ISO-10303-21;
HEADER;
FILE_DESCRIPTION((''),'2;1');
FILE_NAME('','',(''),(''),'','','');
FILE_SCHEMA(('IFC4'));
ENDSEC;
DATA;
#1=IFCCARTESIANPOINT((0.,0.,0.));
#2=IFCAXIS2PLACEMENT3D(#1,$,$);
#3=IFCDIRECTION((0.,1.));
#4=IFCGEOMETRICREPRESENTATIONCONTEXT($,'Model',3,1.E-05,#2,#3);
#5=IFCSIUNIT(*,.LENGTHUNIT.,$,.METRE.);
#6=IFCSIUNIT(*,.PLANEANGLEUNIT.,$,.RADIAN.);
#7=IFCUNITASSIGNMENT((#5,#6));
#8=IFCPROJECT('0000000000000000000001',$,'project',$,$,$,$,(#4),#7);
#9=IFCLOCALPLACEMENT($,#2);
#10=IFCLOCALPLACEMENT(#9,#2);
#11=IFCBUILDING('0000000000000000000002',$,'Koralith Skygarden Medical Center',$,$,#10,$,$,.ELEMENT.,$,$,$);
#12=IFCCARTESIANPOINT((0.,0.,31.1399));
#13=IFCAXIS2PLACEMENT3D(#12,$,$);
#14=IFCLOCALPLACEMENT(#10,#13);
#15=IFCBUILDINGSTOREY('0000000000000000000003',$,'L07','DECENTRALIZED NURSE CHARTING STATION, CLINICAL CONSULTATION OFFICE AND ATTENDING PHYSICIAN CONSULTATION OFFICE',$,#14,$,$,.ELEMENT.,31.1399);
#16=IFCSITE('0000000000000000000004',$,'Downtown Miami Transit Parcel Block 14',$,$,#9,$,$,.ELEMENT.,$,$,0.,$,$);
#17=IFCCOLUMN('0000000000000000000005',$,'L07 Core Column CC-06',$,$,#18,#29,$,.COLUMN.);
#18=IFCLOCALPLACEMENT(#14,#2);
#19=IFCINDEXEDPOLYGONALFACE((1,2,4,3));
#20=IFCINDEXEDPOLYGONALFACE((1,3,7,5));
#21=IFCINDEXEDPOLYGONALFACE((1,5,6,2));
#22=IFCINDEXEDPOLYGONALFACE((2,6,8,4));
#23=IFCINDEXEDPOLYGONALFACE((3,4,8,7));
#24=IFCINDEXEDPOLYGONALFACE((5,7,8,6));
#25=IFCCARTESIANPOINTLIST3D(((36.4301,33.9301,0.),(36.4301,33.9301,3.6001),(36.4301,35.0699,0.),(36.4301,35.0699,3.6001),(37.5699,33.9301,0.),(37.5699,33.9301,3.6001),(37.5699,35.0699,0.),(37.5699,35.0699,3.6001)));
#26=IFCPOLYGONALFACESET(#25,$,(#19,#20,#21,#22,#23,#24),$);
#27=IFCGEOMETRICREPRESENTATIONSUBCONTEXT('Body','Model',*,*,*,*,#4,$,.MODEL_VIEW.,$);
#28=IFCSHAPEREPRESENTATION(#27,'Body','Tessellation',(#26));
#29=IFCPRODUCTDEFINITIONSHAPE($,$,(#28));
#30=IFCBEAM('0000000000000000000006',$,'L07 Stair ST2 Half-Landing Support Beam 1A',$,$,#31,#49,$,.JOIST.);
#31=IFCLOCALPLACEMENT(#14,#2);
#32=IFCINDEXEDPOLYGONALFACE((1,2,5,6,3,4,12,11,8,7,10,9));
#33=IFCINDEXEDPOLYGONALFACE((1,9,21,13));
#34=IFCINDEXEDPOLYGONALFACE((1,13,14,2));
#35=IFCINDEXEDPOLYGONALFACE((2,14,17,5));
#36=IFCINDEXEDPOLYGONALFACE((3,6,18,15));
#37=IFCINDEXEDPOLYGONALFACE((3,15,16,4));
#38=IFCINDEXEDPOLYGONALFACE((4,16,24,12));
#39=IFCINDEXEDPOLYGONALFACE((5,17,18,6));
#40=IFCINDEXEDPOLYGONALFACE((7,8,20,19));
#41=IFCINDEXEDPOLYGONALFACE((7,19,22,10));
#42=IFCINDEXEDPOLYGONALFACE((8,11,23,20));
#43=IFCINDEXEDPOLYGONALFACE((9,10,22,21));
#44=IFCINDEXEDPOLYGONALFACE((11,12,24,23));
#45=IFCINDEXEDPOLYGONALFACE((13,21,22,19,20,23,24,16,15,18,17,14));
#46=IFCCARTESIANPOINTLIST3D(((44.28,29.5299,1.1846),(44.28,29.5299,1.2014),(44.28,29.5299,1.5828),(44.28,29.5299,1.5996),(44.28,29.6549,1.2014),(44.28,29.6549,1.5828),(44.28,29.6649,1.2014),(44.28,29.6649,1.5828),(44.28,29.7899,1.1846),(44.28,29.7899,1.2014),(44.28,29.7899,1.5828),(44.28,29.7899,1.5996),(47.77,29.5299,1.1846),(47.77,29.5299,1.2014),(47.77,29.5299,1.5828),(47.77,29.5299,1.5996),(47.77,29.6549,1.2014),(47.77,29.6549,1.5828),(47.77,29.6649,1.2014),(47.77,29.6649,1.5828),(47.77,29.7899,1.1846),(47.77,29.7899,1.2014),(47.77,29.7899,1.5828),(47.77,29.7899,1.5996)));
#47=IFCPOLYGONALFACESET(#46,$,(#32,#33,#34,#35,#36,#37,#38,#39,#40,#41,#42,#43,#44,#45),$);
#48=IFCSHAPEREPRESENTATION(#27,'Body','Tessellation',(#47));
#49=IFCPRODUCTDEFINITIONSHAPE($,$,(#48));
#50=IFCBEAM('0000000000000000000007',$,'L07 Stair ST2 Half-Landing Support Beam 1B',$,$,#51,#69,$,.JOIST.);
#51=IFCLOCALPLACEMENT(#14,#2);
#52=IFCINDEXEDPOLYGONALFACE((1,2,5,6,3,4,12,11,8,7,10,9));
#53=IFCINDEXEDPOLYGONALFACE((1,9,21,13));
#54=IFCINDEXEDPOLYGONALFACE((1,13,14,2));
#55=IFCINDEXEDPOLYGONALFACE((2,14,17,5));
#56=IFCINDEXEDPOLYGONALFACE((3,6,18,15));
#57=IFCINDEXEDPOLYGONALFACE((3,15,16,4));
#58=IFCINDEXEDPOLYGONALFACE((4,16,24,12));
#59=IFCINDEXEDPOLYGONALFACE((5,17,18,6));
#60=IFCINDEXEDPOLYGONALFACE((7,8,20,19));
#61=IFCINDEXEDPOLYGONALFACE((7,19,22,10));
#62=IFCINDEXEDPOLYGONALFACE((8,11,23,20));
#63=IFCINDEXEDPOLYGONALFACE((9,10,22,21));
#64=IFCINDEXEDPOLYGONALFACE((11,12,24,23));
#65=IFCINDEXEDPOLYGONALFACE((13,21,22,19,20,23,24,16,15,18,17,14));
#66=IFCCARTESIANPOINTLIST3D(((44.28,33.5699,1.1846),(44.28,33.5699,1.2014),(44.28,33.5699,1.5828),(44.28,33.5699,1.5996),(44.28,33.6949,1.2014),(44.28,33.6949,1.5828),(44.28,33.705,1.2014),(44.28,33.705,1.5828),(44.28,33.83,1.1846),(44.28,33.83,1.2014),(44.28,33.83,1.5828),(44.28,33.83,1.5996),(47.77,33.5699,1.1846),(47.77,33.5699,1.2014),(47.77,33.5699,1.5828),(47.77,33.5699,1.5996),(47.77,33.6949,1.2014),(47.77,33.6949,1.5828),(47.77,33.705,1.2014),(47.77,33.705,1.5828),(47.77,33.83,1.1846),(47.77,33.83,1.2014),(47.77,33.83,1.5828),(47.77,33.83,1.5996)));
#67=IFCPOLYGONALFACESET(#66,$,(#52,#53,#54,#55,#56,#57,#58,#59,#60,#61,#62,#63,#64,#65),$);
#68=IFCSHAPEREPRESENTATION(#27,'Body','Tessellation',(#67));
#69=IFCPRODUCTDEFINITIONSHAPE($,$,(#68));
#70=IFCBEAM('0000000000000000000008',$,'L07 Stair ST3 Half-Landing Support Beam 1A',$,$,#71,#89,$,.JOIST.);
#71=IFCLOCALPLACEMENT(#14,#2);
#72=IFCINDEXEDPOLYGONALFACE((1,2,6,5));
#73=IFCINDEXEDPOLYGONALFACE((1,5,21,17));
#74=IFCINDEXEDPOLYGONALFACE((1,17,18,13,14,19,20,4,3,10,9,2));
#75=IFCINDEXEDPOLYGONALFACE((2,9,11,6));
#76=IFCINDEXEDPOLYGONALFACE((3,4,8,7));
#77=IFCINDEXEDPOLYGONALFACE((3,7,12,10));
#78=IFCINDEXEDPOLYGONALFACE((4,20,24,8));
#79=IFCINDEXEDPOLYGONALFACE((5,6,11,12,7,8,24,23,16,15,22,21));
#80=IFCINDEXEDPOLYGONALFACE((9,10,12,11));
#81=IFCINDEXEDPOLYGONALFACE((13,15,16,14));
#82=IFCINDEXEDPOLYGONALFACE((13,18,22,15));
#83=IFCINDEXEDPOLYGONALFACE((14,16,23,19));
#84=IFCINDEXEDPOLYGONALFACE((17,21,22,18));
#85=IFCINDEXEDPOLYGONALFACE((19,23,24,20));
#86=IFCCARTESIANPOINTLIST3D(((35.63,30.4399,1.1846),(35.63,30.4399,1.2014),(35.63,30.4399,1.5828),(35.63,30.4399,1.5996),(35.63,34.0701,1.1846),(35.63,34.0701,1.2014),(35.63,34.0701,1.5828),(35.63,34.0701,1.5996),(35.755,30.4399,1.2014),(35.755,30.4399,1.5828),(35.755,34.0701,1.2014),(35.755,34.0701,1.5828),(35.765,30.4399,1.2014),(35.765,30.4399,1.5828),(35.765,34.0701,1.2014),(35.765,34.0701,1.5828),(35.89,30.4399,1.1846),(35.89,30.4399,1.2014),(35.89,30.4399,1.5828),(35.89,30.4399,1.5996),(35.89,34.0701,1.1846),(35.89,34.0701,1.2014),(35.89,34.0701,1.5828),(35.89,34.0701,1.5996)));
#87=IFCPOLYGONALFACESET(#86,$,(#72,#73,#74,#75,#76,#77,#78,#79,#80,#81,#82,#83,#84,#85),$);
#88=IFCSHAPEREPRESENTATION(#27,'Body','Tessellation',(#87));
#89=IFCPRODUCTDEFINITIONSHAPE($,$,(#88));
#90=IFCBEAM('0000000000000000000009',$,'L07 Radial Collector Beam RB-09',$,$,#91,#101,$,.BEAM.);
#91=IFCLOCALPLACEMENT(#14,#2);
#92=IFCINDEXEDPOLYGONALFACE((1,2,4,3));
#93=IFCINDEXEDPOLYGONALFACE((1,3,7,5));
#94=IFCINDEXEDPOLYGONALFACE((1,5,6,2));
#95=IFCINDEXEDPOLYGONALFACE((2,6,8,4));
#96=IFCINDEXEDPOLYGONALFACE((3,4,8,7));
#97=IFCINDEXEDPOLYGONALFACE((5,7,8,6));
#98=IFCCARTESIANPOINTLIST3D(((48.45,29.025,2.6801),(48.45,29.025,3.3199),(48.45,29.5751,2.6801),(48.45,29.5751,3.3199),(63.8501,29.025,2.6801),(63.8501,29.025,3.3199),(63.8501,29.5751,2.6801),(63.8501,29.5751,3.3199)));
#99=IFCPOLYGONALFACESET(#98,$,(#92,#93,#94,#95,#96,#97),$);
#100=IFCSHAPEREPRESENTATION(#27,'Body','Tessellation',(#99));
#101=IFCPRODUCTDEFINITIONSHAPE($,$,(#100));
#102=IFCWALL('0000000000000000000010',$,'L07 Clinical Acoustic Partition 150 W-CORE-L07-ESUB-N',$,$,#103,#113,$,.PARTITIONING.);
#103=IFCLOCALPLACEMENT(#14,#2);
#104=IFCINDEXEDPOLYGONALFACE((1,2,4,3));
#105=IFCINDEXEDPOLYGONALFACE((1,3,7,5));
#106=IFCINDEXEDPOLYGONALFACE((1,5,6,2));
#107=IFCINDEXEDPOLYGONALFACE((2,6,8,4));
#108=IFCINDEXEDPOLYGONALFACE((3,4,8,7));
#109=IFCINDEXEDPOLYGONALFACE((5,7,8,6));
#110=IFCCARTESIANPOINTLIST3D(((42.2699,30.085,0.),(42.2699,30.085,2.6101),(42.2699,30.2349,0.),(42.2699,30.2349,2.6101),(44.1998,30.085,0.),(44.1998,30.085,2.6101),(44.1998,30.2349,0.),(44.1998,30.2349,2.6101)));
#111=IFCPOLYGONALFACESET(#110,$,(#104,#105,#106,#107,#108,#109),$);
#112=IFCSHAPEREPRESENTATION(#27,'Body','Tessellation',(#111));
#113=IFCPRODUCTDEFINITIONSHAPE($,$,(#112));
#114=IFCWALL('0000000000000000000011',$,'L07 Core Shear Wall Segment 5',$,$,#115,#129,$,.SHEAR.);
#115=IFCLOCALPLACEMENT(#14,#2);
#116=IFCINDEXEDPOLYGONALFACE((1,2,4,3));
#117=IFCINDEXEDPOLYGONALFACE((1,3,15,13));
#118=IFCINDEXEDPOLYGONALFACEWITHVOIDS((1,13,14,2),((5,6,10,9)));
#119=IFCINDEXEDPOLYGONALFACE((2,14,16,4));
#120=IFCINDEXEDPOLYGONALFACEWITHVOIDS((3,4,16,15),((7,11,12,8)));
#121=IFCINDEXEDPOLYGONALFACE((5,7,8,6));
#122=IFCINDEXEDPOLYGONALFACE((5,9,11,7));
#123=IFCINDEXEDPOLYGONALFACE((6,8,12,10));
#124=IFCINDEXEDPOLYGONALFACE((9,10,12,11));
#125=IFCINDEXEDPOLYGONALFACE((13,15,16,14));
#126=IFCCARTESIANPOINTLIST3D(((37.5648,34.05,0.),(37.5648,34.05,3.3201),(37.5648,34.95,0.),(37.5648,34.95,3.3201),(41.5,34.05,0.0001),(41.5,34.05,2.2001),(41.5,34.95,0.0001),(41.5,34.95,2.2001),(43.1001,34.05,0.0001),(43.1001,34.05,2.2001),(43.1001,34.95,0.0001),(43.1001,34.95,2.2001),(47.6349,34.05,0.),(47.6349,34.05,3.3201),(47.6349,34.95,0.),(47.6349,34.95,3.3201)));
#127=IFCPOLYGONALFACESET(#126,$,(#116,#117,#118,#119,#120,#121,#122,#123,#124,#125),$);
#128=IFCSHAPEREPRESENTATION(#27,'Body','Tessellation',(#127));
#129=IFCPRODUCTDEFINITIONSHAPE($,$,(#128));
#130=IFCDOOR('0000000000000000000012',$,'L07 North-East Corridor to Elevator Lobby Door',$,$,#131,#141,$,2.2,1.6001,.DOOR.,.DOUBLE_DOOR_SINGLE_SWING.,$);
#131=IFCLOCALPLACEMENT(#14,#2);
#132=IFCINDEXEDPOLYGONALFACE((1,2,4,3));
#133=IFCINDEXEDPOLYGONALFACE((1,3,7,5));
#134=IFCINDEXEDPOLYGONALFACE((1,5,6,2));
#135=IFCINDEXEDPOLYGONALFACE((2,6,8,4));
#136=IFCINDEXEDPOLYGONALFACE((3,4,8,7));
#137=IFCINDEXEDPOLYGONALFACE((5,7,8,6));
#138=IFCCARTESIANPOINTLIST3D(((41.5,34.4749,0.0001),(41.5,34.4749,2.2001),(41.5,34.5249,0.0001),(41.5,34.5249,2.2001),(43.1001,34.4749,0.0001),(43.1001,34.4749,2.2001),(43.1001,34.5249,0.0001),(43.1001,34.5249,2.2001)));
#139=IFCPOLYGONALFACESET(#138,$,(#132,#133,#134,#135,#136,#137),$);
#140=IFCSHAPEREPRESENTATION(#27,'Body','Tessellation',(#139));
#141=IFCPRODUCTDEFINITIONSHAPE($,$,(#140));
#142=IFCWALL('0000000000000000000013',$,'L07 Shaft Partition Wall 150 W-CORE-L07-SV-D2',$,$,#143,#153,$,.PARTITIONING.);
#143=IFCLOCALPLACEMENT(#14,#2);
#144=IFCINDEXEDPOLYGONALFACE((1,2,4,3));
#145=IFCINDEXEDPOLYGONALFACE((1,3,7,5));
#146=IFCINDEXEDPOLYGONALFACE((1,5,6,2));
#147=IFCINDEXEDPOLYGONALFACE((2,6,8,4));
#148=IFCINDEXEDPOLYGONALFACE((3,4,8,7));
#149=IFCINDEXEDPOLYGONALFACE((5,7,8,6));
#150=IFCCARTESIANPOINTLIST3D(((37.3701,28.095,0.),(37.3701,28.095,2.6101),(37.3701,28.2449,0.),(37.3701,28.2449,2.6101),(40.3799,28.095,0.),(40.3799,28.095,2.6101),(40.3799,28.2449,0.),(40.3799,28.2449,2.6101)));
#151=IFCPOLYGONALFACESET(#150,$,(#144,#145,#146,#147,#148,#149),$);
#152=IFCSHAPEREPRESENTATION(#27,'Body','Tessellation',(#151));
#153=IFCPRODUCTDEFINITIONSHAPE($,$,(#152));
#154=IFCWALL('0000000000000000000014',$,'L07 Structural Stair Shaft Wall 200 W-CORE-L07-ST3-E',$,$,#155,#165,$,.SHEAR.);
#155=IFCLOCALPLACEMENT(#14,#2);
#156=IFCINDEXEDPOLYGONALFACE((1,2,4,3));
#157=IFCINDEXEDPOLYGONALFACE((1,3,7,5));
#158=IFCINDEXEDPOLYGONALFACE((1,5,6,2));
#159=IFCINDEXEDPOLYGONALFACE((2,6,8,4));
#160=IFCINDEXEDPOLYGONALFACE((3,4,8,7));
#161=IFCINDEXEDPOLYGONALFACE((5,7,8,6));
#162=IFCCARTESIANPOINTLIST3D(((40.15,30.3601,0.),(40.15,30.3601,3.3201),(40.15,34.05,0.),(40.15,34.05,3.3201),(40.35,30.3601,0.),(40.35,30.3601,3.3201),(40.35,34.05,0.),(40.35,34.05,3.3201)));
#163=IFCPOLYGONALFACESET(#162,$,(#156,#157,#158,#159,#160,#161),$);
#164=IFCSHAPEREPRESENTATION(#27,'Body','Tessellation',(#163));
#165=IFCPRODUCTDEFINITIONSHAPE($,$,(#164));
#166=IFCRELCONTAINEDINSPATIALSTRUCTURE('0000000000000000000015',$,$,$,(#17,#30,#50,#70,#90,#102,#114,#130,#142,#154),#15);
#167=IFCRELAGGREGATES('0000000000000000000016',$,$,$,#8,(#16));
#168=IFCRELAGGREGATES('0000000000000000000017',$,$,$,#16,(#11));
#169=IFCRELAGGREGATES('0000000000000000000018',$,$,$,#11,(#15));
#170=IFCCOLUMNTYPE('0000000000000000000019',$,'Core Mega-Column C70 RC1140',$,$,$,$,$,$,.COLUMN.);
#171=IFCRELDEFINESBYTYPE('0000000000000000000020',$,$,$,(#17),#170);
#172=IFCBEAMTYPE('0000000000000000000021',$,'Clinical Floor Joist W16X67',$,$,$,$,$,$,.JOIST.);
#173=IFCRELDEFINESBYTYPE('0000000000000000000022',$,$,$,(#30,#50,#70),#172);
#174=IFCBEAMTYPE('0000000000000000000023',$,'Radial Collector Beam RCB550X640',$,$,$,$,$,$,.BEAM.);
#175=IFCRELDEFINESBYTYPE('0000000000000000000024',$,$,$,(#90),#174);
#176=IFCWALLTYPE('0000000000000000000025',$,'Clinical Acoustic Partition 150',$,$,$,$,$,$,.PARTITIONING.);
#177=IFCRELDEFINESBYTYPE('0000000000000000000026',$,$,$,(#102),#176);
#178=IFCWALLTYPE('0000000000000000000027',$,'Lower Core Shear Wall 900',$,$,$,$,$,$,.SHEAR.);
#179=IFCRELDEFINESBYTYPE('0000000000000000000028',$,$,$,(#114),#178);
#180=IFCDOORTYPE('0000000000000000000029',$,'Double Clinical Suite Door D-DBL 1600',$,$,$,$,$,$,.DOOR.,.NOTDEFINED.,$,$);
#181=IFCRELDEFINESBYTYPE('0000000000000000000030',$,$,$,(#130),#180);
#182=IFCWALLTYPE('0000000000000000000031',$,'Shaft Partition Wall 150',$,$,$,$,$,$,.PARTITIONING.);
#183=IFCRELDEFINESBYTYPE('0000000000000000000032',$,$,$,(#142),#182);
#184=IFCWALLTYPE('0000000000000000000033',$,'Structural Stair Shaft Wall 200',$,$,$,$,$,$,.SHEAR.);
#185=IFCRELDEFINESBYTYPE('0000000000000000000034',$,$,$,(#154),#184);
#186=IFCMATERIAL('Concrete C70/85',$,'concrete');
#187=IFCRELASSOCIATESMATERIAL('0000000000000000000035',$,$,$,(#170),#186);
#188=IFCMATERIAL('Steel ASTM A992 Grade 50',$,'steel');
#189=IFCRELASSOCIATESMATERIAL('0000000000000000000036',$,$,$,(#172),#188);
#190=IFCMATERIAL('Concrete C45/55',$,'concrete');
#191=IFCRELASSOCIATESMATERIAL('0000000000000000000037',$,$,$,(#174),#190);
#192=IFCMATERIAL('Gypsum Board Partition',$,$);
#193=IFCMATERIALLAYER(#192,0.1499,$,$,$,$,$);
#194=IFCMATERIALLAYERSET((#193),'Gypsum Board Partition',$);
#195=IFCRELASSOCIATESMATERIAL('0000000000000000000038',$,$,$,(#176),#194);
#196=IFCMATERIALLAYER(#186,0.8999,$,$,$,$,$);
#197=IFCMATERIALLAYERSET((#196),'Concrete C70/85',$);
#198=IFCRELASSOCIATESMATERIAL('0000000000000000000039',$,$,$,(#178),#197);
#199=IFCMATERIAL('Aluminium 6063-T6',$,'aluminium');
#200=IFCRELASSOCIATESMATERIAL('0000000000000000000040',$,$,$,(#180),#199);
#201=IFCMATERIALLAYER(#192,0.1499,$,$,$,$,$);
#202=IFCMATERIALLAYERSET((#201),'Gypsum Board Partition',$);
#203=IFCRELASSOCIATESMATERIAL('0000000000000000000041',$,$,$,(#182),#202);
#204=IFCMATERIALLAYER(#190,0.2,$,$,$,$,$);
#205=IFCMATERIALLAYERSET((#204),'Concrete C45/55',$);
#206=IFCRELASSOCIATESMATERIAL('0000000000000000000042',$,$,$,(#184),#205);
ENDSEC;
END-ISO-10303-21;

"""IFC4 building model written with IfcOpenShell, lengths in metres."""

from ifc_helpers import new_model, si_unit, direction, frame, frame_2d, origin, origin_2d, place, context, subcontext, project, spatial, rectangle, i_section, extrude, material, layer, layer_set, material_profile, profile_set, type_object, element, fill, save


model = new_model("IFC4")

# Units and contexts
model_context = context("Model", 3, precision=1e-05, world=origin(), true_north=direction((0.0, 1.0)))
body_context = subcontext(model_context, "Body", "Model", "MODEL_VIEW")
ifc_project = project(units=[si_unit("LENGTHUNIT", "METRE"), si_unit("PLANEANGLEUNIT", "RADIAN")], contexts=[model_context])

# Site, building, storey
site_placement = place(None, origin())
site = spatial("IfcSite", under=ifc_project, at=site_placement, Name="Downtown Miami Transit Parcel Block 14", CompositionType="ELEMENT", RefElevation=0.0)
building_placement = place(site_placement, origin())
building = spatial("IfcBuilding", under=site, at=building_placement, Name="Koralith Skygarden Medical Center", CompositionType="ELEMENT")
storey_placement = place(building_placement, frame((0.0, 0.0, 31.1399)))
storey = spatial("IfcBuildingStorey", under=building, at=storey_placement, Name="L07", Description="DECENTRALIZED NURSE CHARTING STATION, CLINICAL CONSULTATION OFFICE AND ATTENDING PHYSICIAN CONSULTATION OFFICE", CompositionType="ELEMENT", Elevation=31.1399)

# Column
ifc_material_1 = material(Name="Concrete C70/85", Category="concrete")
ifc_material_profile_1 = material_profile(ifc_material_1, rectangle(XDim=1.1399, YDim=1.1399, at=origin_2d()), Name="RC1140X1140")
ifc_profile_set_1 = profile_set([ifc_material_profile_1], Name="Concrete C70/85")
column_type = type_object("IfcColumnType", Name="Core Mega-Column C70 RC1140", PredefinedType="COLUMN", material=ifc_profile_set_1)
column_placement = place(storey_placement, frame((37.0, 34.5, 0.0), z_axis=(0.0, 0.0, 1.0), x_axis=(1.0, 0.0, 0.0)))
element("IfcColumn", 1, at=column_placement, inside=storey, type_object=column_type, Name="L07 Core Column CC-06", PredefinedType="COLUMN", context=body_context, shape_type="SweptSolid", body=[
    extrude(rectangle(XDim=1.1399, YDim=1.1399, at=origin_2d()), origin(), (0.0, 0.0, 1.0), 3.6001),
])

# Beams
ifc_material_2 = material(Name="Steel ASTM A992 Grade 50", Category="steel")
ifc_material_profile_2 = material_profile(ifc_material_2, i_section(OverallWidth=0.26, OverallDepth=0.415, WebThickness=0.01, FlangeThickness=0.0168, at=origin_2d()), Name="W16X67")
ifc_profile_set_2 = profile_set([ifc_material_profile_2], Name="Steel ASTM A992 Grade 50")
beam_type_1 = type_object("IfcBeamType", Name="Clinical Floor Joist W16X67", PredefinedType="JOIST", material=ifc_profile_set_2)
for number, where, z_axis, x_axis, name in (
    (2, (44.28, 29.6599, 1.3921), (1.0, 0.0, 0.0), (0.0, 1.0, 0.0), "L07 Stair ST2 Half-Landing Support Beam 1A"),
    (3, (44.28, 33.7, 1.3921), (1.0, 0.0, 0.0), (0.0, 1.0, 0.0), "L07 Stair ST2 Half-Landing Support Beam 1B"),
):
    element("IfcBeam", number, at=place(storey_placement, frame(where, z_axis=z_axis, x_axis=x_axis)), inside=storey, type_object=beam_type_1, Name=name, PredefinedType="JOIST", context=body_context, shape_type="SweptSolid", body=[
        extrude(i_section(OverallWidth=0.26, OverallDepth=0.415, WebThickness=0.01, FlangeThickness=0.0168, at=origin_2d()), origin(), (0.0, 0.0, 1.0), 3.49),
    ])
beam_1_placement = place(storey_placement, frame((35.76, 30.4399, 1.3921), z_axis=(0.0, 1.0, 0.0), x_axis=(-1.0, 0.0, 0.0)))
element("IfcBeam", 4, at=beam_1_placement, inside=storey, type_object=beam_type_1, Name="L07 Stair ST3 Half-Landing Support Beam 1A", PredefinedType="JOIST", context=body_context, shape_type="SweptSolid", body=[
    extrude(i_section(OverallWidth=0.26, OverallDepth=0.415, WebThickness=0.01, FlangeThickness=0.0168, at=origin_2d()), origin(), (0.0, 0.0, 1.0), 3.6301),
])
ifc_material_3 = material(Name="Concrete C45/55", Category="concrete")
ifc_material_profile_3 = material_profile(ifc_material_3, rectangle(XDim=0.55, YDim=0.6399, at=origin_2d()), Name="RCB550X640")
ifc_profile_set_3 = profile_set([ifc_material_profile_3], Name="Concrete C45/55")
beam_type_2 = type_object("IfcBeamType", Name="Radial Collector Beam RCB550X640", PredefinedType="BEAM", material=ifc_profile_set_3)
beam_2_placement = place(storey_placement, frame((48.45, 29.3, 3.0), z_axis=(1.0, 0.0, 0.0), x_axis=(0.0, 1.0, 0.0)))
element("IfcBeam", 5, at=beam_2_placement, inside=storey, type_object=beam_type_2, Name="L07 Radial Collector Beam RB-09", PredefinedType="BEAM", context=body_context, shape_type="SweptSolid", body=[
    extrude(rectangle(XDim=0.55, YDim=0.6399, at=origin_2d()), origin(), (0.0, 0.0, 1.0), 15.4001),
])

# Wall
ifc_material_4 = material(Name="Gypsum Board Partition")
ifc_layer_1 = layer(ifc_material_4, 0.1499)
ifc_layer_set_1 = layer_set([ifc_layer_1], Name="Gypsum Board Partition")
wall_type_1 = type_object("IfcWallType", Name="Clinical Acoustic Partition 150", PredefinedType="PARTITIONING", material=ifc_layer_set_1)
wall_1_placement = place(storey_placement, frame((42.27, 30.1599, 0.0), z_axis=(0.0, 0.0, 1.0), x_axis=(1.0, 0.0, 0.0)))
element("IfcWall", 6, at=wall_1_placement, inside=storey, type_object=wall_type_1, Name="L07 Clinical Acoustic Partition 150 W-CORE-L07-ESUB-N", PredefinedType="PARTITIONING", context=body_context, shape_type="SweptSolid", body=[
    extrude(rectangle(XDim=1.9299, YDim=0.1499, at=frame_2d((0.9648, 0.0))), origin(), (0.0, 0.0, 1.0), 2.6101),
])

# Wall, opening, door
ifc_layer_2 = layer(ifc_material_1, 0.8999)
ifc_layer_set_2 = layer_set([ifc_layer_2], Name="Concrete C70/85")
wall_type_2 = type_object("IfcWallType", Name="Lower Core Shear Wall 900", PredefinedType="SHEAR", material=ifc_layer_set_2)
wall_2_placement = place(storey_placement, frame((47.635, 34.5, 0.0), z_axis=(0.0, 0.0, 1.0), x_axis=(-1.0, 0.0, 0.0)))
wall_2 = element("IfcWall", 7, at=wall_2_placement, inside=storey, type_object=wall_type_2, Name="L07 Core Shear Wall Segment 5", PredefinedType="SHEAR", context=body_context, shape_type="SweptSolid", body=[
    extrude(rectangle(XDim=10.0701, YDim=0.8999, at=frame_2d((5.0352, 0.0))), origin(), (0.0, 0.0, 1.0), 3.3201),
])
opening_1_placement = place(wall_2_placement, frame((4.5349, 0.0, 0.0)))
opening_1 = element("IfcOpeningElement", 8, at=opening_1_placement, cuts=wall_2, PredefinedType="OPENING", context=body_context, shape_type="SweptSolid", body=[
    extrude(rectangle(XDim=1.6001, YDim=2.2, at=frame_2d((0.8, 1.1001))), frame((0.0, 0.46, 0.0), z_axis=(0.0, -1.0, 0.0), x_axis=(1.0, 0.0, 0.0)), (0.0, 0.0, 1.0), 0.9199),
])
ifc_material_5 = material(Name="Aluminium 6063-T6", Category="aluminium")
door_type_1 = type_object("IfcDoorType", Name="Double Clinical Suite Door D-DBL 1600", OperationType="NOTDEFINED", PredefinedType="DOOR", material=ifc_material_5)
door_1_placement = place(opening_1_placement, frame((1.6001, 0.0, 0.0), z_axis=(0.0, 0.0, 1.0), x_axis=(-1.0, 0.0, 0.0)))
door_1 = element("IfcDoor", 9, at=door_1_placement, inside=storey, type_object=door_type_1, Name="L07 North-East Corridor to Elevator Lobby Door", OperationType="DOUBLE_DOOR_SINGLE_SWING", OverallHeight=2.2, OverallWidth=1.6001, PredefinedType="DOOR", context=body_context, shape_type="SweptSolid", body=[
    extrude(rectangle(XDim=1.6001, YDim=2.2, at=frame_2d((0.8, 1.1001))), frame((0.0, 0.0249, 0.0), z_axis=(0.0, -1.0, 0.0), x_axis=(1.0, 0.0, 0.0)), (0.0, 0.0, 1.0), 0.05),
])
fill(opening_1, door_1)

# Walls
ifc_layer_3 = layer(ifc_material_4, 0.1499)
ifc_layer_set_3 = layer_set([ifc_layer_3], Name="Gypsum Board Partition")
wall_type_3 = type_object("IfcWallType", Name="Shaft Partition Wall 150", PredefinedType="PARTITIONING", material=ifc_layer_set_3)
wall_3_placement = place(storey_placement, frame((37.3701, 28.1699, 0.0), z_axis=(0.0, 0.0, 1.0), x_axis=(1.0, 0.0, 0.0)))
element("IfcWall", 10, at=wall_3_placement, inside=storey, type_object=wall_type_3, Name="L07 Shaft Partition Wall 150 W-CORE-L07-SV-D2", PredefinedType="PARTITIONING", context=body_context, shape_type="SweptSolid", body=[
    extrude(rectangle(XDim=3.0098, YDim=0.1499, at=frame_2d((1.5049, 0.0))), origin(), (0.0, 0.0, 1.0), 2.6101),
])
ifc_layer_4 = layer(ifc_material_3, 0.2)
ifc_layer_set_4 = layer_set([ifc_layer_4], Name="Concrete C45/55")
wall_type_4 = type_object("IfcWallType", Name="Structural Stair Shaft Wall 200", PredefinedType="SHEAR", material=ifc_layer_set_4)
wall_4_placement = place(storey_placement, frame((40.25, 30.3601, 0.0), z_axis=(0.0, 0.0, 1.0), x_axis=(0.0, 1.0, 0.0)))
element("IfcWall", 11, at=wall_4_placement, inside=storey, type_object=wall_type_4, Name="L07 Structural Stair Shaft Wall 200 W-CORE-L07-ST3-E", PredefinedType="SHEAR", context=body_context, shape_type="SweptSolid", body=[
    extrude(rectangle(XDim=3.6899, YDim=0.2, at=frame_2d((1.845, 0.0))), origin(), (0.0, 0.0, 1.0), 3.3201),
])

save(model, "model.ifc")
